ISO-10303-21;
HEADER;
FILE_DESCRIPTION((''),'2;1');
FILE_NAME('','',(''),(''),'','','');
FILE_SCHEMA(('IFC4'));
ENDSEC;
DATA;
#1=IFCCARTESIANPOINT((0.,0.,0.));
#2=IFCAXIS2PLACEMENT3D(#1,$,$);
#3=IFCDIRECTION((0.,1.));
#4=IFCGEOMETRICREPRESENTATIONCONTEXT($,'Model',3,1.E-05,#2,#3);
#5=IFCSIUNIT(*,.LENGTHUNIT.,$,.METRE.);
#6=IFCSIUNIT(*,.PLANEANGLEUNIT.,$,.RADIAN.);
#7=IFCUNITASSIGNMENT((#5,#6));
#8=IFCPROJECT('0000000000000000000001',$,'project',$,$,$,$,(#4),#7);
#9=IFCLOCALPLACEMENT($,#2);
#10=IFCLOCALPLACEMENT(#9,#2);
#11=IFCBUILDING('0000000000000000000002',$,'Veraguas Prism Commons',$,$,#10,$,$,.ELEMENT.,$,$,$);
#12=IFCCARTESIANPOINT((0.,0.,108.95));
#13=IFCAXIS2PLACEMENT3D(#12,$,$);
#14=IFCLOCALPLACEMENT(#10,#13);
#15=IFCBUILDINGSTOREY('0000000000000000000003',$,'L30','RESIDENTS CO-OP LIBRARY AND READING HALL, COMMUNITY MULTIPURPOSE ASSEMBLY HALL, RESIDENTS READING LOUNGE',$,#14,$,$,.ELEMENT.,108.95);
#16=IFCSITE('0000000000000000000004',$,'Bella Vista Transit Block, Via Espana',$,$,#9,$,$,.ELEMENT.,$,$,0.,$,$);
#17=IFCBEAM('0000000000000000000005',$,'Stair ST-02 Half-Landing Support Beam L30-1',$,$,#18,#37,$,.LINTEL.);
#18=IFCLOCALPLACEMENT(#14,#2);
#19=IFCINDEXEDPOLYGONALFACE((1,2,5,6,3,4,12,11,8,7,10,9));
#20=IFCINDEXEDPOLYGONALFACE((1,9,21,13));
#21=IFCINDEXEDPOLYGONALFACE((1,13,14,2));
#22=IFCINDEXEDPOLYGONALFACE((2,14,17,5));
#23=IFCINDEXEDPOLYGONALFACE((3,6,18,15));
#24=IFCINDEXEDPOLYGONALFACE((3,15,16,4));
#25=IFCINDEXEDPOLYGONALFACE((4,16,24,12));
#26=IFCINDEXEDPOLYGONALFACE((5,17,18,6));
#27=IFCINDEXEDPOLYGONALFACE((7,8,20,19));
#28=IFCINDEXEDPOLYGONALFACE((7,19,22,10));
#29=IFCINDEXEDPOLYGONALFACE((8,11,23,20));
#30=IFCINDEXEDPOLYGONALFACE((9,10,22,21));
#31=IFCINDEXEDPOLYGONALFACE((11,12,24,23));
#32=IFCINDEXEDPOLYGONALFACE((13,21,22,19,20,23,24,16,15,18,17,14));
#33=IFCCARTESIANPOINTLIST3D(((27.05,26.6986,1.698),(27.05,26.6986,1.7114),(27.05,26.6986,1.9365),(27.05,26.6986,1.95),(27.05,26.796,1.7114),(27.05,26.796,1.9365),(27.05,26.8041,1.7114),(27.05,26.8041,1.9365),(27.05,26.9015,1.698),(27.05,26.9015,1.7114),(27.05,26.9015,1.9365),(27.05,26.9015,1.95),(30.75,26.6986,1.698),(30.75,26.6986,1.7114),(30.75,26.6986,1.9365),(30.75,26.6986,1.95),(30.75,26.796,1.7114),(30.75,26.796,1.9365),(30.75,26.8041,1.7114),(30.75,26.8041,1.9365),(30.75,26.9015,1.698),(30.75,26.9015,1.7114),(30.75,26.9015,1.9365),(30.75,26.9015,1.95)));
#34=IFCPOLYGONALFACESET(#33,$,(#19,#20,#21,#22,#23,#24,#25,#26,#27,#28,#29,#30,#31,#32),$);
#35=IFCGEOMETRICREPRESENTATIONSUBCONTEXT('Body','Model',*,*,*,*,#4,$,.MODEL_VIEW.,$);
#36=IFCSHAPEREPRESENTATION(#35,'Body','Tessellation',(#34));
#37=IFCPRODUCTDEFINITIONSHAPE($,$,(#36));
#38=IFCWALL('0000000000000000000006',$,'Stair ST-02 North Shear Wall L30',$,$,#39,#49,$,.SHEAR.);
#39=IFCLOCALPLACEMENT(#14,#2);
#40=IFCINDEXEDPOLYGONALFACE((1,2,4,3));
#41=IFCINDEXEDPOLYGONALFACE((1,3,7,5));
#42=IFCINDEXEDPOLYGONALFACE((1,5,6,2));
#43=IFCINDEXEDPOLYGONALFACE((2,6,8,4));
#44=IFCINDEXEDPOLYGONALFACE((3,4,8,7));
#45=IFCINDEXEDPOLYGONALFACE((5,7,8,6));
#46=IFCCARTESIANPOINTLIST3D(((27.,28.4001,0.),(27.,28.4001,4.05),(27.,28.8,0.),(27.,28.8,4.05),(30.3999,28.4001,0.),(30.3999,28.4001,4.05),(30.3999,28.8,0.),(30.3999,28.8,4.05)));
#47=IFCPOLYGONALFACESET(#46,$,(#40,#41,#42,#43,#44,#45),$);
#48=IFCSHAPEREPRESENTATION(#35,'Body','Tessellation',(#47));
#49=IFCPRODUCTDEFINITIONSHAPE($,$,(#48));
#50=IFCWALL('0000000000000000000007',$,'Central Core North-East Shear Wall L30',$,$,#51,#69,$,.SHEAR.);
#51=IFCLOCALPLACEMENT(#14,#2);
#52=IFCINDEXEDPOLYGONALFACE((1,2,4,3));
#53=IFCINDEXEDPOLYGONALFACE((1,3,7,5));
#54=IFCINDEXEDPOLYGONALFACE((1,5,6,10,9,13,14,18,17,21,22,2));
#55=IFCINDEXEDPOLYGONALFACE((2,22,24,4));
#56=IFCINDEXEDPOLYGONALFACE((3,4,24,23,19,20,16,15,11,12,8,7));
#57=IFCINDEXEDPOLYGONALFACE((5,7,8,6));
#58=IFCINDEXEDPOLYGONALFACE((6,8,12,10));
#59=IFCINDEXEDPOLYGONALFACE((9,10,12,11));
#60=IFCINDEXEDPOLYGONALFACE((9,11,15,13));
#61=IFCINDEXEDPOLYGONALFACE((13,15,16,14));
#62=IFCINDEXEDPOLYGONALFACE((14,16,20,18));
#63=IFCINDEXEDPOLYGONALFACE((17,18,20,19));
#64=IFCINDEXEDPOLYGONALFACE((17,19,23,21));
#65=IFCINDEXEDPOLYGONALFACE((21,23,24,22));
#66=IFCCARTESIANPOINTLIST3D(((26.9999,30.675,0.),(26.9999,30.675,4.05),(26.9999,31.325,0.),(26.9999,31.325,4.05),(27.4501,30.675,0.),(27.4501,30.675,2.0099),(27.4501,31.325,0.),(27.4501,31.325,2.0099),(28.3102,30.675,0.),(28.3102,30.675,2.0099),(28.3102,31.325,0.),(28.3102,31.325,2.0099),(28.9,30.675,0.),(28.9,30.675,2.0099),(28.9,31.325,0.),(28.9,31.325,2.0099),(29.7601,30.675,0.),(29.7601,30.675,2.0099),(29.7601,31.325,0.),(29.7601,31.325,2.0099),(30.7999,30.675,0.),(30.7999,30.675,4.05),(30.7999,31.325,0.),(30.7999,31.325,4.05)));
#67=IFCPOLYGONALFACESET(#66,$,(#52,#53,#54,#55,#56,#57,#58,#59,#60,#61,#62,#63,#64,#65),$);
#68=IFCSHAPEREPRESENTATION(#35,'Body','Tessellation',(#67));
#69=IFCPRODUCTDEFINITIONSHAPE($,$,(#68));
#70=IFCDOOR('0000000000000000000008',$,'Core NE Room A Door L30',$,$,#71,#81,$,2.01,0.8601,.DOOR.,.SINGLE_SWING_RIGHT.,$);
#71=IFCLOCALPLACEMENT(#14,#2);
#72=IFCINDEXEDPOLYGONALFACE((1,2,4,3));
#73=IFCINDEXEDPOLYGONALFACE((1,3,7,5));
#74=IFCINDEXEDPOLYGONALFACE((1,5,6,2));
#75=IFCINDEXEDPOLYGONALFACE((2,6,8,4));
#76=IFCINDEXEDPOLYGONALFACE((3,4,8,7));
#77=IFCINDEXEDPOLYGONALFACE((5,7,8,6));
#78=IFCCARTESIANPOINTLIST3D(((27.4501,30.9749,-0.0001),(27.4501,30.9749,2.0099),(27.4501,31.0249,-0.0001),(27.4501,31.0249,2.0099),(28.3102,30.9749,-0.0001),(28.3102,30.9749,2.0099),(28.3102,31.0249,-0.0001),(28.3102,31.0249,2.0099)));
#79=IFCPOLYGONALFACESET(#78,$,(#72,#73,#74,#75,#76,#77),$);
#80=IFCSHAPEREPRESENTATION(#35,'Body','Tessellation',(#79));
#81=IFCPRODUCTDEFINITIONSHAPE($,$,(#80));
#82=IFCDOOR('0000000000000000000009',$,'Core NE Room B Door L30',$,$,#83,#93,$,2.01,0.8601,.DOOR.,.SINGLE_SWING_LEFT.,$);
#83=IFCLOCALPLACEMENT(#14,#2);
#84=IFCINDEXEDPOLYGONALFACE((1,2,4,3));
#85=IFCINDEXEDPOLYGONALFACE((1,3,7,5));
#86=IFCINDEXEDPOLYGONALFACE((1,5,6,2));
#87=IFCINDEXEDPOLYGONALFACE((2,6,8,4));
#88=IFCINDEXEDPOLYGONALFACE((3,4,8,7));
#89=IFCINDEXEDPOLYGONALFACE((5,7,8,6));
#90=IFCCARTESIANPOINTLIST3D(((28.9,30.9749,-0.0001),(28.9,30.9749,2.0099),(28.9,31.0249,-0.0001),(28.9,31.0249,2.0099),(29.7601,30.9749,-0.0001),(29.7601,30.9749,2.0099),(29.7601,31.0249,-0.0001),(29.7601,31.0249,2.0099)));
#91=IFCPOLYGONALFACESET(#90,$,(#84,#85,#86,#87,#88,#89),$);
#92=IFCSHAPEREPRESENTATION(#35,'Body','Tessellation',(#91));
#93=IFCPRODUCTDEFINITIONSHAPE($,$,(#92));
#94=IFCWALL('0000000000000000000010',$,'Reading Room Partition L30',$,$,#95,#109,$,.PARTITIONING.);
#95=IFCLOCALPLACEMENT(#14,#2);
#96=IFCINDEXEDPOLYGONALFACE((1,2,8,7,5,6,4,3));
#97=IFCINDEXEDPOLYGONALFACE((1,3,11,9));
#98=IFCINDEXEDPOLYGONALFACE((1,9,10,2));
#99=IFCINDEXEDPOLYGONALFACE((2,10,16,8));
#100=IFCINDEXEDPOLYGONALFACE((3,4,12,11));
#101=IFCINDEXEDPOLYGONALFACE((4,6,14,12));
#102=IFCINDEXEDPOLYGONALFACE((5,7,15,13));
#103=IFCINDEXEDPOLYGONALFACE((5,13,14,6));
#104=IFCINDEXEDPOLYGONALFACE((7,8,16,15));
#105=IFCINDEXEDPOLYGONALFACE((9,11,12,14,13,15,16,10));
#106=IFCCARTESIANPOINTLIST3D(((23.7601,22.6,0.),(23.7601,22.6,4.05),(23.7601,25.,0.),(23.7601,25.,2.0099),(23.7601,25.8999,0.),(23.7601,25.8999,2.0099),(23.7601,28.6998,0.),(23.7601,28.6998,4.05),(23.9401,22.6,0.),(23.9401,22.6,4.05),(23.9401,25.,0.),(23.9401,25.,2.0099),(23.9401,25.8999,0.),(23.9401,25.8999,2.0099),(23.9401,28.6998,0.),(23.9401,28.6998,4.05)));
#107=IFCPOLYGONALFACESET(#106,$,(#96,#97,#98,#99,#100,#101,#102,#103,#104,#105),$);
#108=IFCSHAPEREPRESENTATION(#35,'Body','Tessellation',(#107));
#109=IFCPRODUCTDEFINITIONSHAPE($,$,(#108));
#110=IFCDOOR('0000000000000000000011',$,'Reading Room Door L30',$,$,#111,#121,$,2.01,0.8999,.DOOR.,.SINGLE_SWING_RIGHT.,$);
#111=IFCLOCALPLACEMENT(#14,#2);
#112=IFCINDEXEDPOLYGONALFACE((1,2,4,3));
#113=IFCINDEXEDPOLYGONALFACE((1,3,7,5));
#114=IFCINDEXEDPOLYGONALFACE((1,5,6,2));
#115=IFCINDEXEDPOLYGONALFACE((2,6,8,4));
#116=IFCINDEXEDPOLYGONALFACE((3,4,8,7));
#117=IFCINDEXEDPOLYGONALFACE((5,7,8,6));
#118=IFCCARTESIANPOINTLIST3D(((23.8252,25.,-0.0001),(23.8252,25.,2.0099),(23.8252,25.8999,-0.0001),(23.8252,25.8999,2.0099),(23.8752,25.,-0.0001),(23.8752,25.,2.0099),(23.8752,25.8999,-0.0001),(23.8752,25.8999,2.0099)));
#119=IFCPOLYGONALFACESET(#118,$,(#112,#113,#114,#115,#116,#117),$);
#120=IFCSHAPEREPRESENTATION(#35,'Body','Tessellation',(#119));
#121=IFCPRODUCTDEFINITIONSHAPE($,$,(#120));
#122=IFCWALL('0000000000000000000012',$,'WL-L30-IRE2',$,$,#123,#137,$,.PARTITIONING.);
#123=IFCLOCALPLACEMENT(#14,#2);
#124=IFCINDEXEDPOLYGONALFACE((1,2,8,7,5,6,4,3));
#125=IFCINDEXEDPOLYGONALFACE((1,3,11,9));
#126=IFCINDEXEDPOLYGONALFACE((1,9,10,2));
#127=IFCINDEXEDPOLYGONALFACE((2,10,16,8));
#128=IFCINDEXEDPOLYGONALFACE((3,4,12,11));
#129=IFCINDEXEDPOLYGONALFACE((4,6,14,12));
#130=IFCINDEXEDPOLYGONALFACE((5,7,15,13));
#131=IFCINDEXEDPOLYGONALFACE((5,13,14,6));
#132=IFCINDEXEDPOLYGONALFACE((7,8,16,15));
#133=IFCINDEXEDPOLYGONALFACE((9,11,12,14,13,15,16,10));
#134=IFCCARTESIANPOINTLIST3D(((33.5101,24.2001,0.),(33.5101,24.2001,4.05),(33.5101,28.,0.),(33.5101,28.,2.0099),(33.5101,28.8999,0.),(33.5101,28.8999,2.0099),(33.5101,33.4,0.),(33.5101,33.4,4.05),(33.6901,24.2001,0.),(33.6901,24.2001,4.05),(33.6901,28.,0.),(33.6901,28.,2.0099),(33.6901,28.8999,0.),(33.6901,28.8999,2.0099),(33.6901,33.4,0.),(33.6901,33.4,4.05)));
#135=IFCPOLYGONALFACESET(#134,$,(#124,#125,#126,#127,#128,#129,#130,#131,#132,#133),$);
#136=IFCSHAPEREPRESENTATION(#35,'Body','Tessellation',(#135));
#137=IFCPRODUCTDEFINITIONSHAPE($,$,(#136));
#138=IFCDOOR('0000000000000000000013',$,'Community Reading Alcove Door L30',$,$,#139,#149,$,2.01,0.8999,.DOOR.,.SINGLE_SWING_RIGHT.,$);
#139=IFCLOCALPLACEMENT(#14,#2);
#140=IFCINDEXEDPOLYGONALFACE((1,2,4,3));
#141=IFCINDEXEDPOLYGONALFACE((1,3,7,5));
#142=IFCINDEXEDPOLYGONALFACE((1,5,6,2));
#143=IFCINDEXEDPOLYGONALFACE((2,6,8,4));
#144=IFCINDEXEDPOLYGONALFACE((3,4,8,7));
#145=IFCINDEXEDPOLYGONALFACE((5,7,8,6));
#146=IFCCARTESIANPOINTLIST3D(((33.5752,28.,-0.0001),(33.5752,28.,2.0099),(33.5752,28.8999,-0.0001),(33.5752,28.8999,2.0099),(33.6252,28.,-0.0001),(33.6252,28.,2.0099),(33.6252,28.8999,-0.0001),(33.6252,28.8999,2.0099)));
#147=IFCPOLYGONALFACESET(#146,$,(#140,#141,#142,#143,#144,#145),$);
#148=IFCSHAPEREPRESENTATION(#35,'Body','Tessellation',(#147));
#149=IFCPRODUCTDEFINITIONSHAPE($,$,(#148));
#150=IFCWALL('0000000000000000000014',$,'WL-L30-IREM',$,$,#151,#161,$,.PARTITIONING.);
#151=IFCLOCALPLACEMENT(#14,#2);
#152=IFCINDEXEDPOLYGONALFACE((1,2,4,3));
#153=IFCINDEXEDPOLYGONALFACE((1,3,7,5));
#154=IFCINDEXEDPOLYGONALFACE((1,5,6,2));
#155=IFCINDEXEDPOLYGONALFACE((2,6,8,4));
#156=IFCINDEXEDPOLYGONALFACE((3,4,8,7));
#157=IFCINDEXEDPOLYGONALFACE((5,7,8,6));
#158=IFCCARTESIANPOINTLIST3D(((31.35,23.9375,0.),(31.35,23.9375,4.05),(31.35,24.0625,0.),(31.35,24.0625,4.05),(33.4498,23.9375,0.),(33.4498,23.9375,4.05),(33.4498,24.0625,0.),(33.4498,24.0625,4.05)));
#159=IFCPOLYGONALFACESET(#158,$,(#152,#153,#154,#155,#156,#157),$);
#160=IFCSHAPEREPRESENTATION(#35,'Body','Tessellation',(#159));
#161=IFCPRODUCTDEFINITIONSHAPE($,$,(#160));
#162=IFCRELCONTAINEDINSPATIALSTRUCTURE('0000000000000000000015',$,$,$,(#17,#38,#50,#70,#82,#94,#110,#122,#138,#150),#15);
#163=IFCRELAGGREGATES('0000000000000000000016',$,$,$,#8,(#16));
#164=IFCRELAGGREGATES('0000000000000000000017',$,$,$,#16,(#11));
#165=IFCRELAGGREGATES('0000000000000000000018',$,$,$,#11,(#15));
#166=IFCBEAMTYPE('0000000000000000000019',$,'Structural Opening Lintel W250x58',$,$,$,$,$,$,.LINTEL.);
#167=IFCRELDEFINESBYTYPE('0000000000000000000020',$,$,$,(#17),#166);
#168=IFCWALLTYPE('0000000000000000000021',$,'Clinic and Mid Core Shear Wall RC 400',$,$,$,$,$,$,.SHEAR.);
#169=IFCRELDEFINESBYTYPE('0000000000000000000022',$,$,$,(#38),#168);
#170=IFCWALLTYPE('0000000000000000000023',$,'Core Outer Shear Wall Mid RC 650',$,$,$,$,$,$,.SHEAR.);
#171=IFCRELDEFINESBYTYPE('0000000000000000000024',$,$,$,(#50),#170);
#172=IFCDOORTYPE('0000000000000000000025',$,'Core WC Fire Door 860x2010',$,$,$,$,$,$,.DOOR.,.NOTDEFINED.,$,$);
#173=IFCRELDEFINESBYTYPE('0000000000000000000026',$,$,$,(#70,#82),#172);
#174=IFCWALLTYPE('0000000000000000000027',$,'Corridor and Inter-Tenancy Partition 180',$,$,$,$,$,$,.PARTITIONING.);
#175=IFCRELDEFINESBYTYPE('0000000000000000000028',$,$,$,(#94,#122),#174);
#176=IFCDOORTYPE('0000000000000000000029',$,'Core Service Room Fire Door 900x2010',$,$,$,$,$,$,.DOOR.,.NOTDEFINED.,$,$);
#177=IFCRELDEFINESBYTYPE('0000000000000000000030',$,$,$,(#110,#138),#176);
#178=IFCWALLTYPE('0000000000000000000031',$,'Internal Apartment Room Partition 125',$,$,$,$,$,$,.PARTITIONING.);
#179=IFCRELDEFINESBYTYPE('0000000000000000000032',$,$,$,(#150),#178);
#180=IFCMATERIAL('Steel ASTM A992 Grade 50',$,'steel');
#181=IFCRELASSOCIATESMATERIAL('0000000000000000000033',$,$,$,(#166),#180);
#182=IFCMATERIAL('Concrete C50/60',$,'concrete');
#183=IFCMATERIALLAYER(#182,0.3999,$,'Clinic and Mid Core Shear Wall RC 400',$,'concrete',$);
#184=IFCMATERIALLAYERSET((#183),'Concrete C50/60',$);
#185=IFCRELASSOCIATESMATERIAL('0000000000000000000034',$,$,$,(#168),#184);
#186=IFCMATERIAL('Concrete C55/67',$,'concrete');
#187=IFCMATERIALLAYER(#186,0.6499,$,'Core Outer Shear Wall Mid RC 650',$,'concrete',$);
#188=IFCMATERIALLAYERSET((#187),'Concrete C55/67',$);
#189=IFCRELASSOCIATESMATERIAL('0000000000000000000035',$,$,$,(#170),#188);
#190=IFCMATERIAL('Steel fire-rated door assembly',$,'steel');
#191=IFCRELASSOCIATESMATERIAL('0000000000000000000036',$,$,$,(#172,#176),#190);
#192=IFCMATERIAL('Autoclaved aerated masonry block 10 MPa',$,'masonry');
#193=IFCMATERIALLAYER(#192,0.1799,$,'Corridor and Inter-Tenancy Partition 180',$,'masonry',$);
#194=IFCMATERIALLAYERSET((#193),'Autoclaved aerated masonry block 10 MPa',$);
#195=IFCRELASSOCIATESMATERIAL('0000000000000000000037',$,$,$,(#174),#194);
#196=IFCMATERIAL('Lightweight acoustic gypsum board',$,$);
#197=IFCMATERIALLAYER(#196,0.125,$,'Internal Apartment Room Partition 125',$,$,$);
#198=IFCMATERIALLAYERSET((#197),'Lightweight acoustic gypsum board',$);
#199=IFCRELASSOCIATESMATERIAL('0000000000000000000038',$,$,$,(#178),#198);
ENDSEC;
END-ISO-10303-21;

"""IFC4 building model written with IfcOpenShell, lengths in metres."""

from ifc_helpers import new_model, si_unit, direction, frame, frame_2d, origin, origin_2d, place, context, subcontext, project, spatial, rectangle, i_section, extrude, source, transform, mapped, material, layer, layer_set, material_profile, profile_set, type_object, element, fill, save


model = new_model("IFC4")

# Units and contexts
model_context = context("Model", 3, precision=1e-05, world=origin(), true_north=direction((0.0, 1.0)))
body_context = subcontext(model_context, "Body", "Model", "MODEL_VIEW")
ifc_project = project(units=[si_unit("LENGTHUNIT", "METRE"), si_unit("PLANEANGLEUNIT", "RADIAN")], contexts=[model_context])

# Site, building, storey
site_placement = place(None, origin())
site = spatial("IfcSite", under=ifc_project, at=site_placement, Name="Bella Vista Transit Block, Via Espana", CompositionType="ELEMENT", RefElevation=0.0)
building_placement = place(site_placement, origin())
building = spatial("IfcBuilding", under=site, at=building_placement, Name="Veraguas Prism Commons", CompositionType="ELEMENT")
storey_placement = place(building_placement, frame((0.0, 0.0, 108.95)))
storey = spatial("IfcBuildingStorey", under=building, at=storey_placement, Name="L30", Description="RESIDENTS CO-OP LIBRARY AND READING HALL, COMMUNITY MULTIPURPOSE ASSEMBLY HALL, RESIDENTS READING LOUNGE", CompositionType="ELEMENT", Elevation=108.95)

# Beam
ifc_material_1 = material(Name="Steel ASTM A992 Grade 50", Category="steel")
ifc_material_profile = material_profile(ifc_material_1, i_section(OverallWidth=0.2029, OverallDepth=0.252, WebThickness=0.0081, FlangeThickness=0.0134, at=origin_2d()), Name="W250X58")
ifc_profile_set = profile_set([ifc_material_profile], Name="Steel ASTM A992 Grade 50")
beam_type = type_object("IfcBeamType", Name="Structural Opening Lintel W250x58", PredefinedType="LINTEL", material=ifc_profile_set)
beam_placement = place(storey_placement, frame((27.05, 26.8, 1.824), z_axis=(1.0, 0.0, 0.0), x_axis=(0.0, 1.0, 0.0)))
element("IfcBeam", 1, at=beam_placement, inside=storey, type_object=beam_type, Name="Stair ST-02 Half-Landing Support Beam L30-1", PredefinedType="LINTEL", context=body_context, shape_type="SweptSolid", body=[
    extrude(i_section(OverallWidth=0.2029, OverallDepth=0.252, WebThickness=0.0081, FlangeThickness=0.0134, at=origin_2d()), origin(), (0.0, 0.0, 1.0), 3.7),
])

# Wall
ifc_material_2 = material(Name="Concrete C50/60", Category="concrete")
ifc_layer_1 = layer(ifc_material_2, 0.3999, Name="Clinic and Mid Core Shear Wall RC 400", Category="concrete")
ifc_layer_set_1 = layer_set([ifc_layer_1], Name="Concrete C50/60")
wall_type_1 = type_object("IfcWallType", Name="Clinic and Mid Core Shear Wall RC 400", PredefinedType="SHEAR", material=ifc_layer_set_1)
wall_1_placement = place(storey_placement, frame((27.0, 28.6001, 0.0), z_axis=(0.0, 0.0, 1.0), x_axis=(1.0, 0.0, 0.0)))
element("IfcWall", 2, at=wall_1_placement, inside=storey, type_object=wall_type_1, Name="Stair ST-02 North Shear Wall L30", PredefinedType="SHEAR", context=body_context, shape_type="SweptSolid", body=[
    extrude(rectangle(XDim=3.3999, YDim=0.3999, at=frame_2d((1.7, 0.0))), origin(), (0.0, 0.0, 1.0), 4.05),
])

# Wall, openings, doors
ifc_material_3 = material(Name="Concrete C55/67", Category="concrete")
ifc_layer_2 = layer(ifc_material_3, 0.6499, Name="Core Outer Shear Wall Mid RC 650", Category="concrete")
ifc_layer_set_2 = layer_set([ifc_layer_2], Name="Concrete C55/67")
wall_type_2 = type_object("IfcWallType", Name="Core Outer Shear Wall Mid RC 650", PredefinedType="SHEAR", material=ifc_layer_set_2)
wall_2_placement = place(storey_placement, frame((27.0, 31.0, 0.0), z_axis=(0.0, 0.0, 1.0), x_axis=(1.0, 0.0, 0.0)))
wall_2 = element("IfcWall", 3, at=wall_2_placement, inside=storey, type_object=wall_type_2, Name="Central Core North-East Shear Wall L30", PredefinedType="SHEAR", context=body_context, shape_type="SweptSolid", body=[
    extrude(rectangle(XDim=3.8, YDim=0.6499, at=frame_2d((1.8999, 0.0))), origin(), (0.0, 0.0, 1.0), 4.05),
])
opening_1_placement = place(wall_2_placement, frame((0.45, 0.0, 0.0)))
opening_1 = element("IfcOpeningElement", 4, at=opening_1_placement, cuts=wall_2, PredefinedType="OPENING", context=body_context, shape_type="SweptSolid", body=[
    extrude(rectangle(XDim=0.8601, YDim=2.01, at=frame_2d((0.4302, 1.0049))), frame((0.0, 0.335, 0.0), z_axis=(0.0, -1.0, 0.0), x_axis=(1.0, 0.0, 0.0)), (0.0, 0.0, 1.0), 0.6699),
])
opening_2_placement = place(wall_2_placement, frame((1.8999, 0.0, 0.0)))
opening_2 = element("IfcOpeningElement", 5, at=opening_2_placement, cuts=wall_2, PredefinedType="OPENING", context=body_context, shape_type="SweptSolid", body=[
    extrude(rectangle(XDim=0.8601, YDim=2.01, at=frame_2d((0.4302, 1.0049))), frame((0.0, 0.335, 0.0), z_axis=(0.0, -1.0, 0.0), x_axis=(1.0, 0.0, 0.0)), (0.0, 0.0, 1.0), 0.6699),
])
ifc_material_4 = material(Name="Steel fire-rated door assembly", Category="steel")
door_type_1 = type_object("IfcDoorType", Name="Core WC Fire Door 860x2010", OperationType="NOTDEFINED", PredefinedType="DOOR", material=ifc_material_4)
shared_shape_1 = source(origin(), body_context, "Body", "SweptSolid", [
    extrude(rectangle(XDim=0.8601, YDim=2.01, at=frame_2d((0.4302, 1.0049))), frame((0.0, 0.0249, 0.0), z_axis=(0.0, -1.0, 0.0), x_axis=(1.0, 0.0, 0.0)), (0.0, 0.0, 1.0), 0.05),
])
door_1_placement = place(opening_1_placement, origin())
door_1 = element("IfcDoor", 6, at=door_1_placement, inside=storey, type_object=door_type_1, Name="Core NE Room A Door L30", OperationType="SINGLE_SWING_RIGHT", OverallHeight=2.01, OverallWidth=0.8601, PredefinedType="DOOR", context=body_context, shape_type="MappedRepresentation", body=[
    mapped(shared_shape_1, transform((0.0, 0.0, 0.0), scale=1.0)),
])
fill(opening_1, door_1)
door_2_placement = place(opening_2_placement, origin())
door_2 = element("IfcDoor", 7, at=door_2_placement, inside=storey, type_object=door_type_1, Name="Core NE Room B Door L30", OperationType="SINGLE_SWING_LEFT", OverallHeight=2.01, OverallWidth=0.8601, PredefinedType="DOOR", context=body_context, shape_type="MappedRepresentation", body=[
    mapped(shared_shape_1, transform((0.0, 0.0, 0.0), scale=1.0)),
])
fill(opening_2, door_2)

# Walls, openings, doors
ifc_material_5 = material(Name="Autoclaved aerated masonry block 10 MPa", Category="masonry")
ifc_layer_3 = layer(ifc_material_5, 0.1799, Name="Corridor and Inter-Tenancy Partition 180", Category="masonry")
ifc_layer_set_3 = layer_set([ifc_layer_3], Name="Autoclaved aerated masonry block 10 MPa")
wall_type_3 = type_object("IfcWallType", Name="Corridor and Inter-Tenancy Partition 180", PredefinedType="PARTITIONING", material=ifc_layer_set_3)
wall_3_placement = place(storey_placement, frame((23.8501, 22.6001, 0.0), z_axis=(0.0, 0.0, 1.0), x_axis=(0.0, 1.0, 0.0)))
wall_3 = element("IfcWall", 8, at=wall_3_placement, inside=storey, type_object=wall_type_3, Name="Reading Room Partition L30", PredefinedType="PARTITIONING", context=body_context, shape_type="SweptSolid", body=[
    extrude(rectangle(XDim=6.0999, YDim=0.1799, at=frame_2d((3.0498, 0.0))), origin(), (0.0, 0.0, 1.0), 4.05),
])
opening_3_placement = place(wall_3_placement, frame((2.3999, 0.0, 0.0)))
opening_3 = element("IfcOpeningElement", 9, at=opening_3_placement, cuts=wall_3, PredefinedType="OPENING", context=body_context, shape_type="SweptSolid", body=[
    extrude(rectangle(XDim=0.8999, YDim=2.01, at=frame_2d((0.45, 1.0049))), frame((0.0, 0.0999, 0.0), z_axis=(0.0, -1.0, 0.0), x_axis=(1.0, 0.0, 0.0)), (0.0, 0.0, 1.0), 0.2),
])
door_type_2 = type_object("IfcDoorType", Name="Core Service Room Fire Door 900x2010", OperationType="NOTDEFINED", PredefinedType="DOOR", material=ifc_material_4)
shared_shape_2 = source(origin(), body_context, "Body", "SweptSolid", [
    extrude(rectangle(XDim=0.8999, YDim=2.01, at=frame_2d((0.45, 1.0049))), frame((0.0, 0.0249, 0.0), z_axis=(0.0, -1.0, 0.0), x_axis=(1.0, 0.0, 0.0)), (0.0, 0.0, 1.0), 0.05),
])
door_3_placement = place(opening_3_placement, origin())
door_3 = element("IfcDoor", 10, at=door_3_placement, inside=storey, type_object=door_type_2, Name="Reading Room Door L30", OperationType="SINGLE_SWING_RIGHT", OverallHeight=2.01, OverallWidth=0.8999, PredefinedType="DOOR", context=body_context, shape_type="MappedRepresentation", body=[
    mapped(shared_shape_2, transform((0.0, 0.0, 0.0), scale=1.0)),
])
fill(opening_3, door_3)
wall_4_placement = place(storey_placement, frame((33.6001, 24.2, 0.0), z_axis=(0.0, 0.0, 1.0), x_axis=(0.0, 1.0, 0.0)))
wall_4 = element("IfcWall", 11, at=wall_4_placement, inside=storey, type_object=wall_type_3, Name="WL-L30-IRE2", PredefinedType="PARTITIONING", context=body_context, shape_type="SweptSolid", body=[
    extrude(rectangle(XDim=9.2, YDim=0.1799, at=frame_2d((4.6001, 0.0))), origin(), (0.0, 0.0, 1.0), 4.05),
])
opening_4_placement = place(wall_4_placement, frame((3.8, 0.0, 0.0)))
opening_4 = element("IfcOpeningElement", 12, at=opening_4_placement, cuts=wall_4, PredefinedType="OPENING", context=body_context, shape_type="SweptSolid", body=[
    extrude(rectangle(XDim=0.8999, YDim=2.01, at=frame_2d((0.45, 1.0049))), frame((0.0, 0.0999, 0.0), z_axis=(0.0, -1.0, 0.0), x_axis=(1.0, 0.0, 0.0)), (0.0, 0.0, 1.0), 0.2),
])
door_4_placement = place(opening_4_placement, origin())
door_4 = element("IfcDoor", 13, at=door_4_placement, inside=storey, type_object=door_type_2, Name="Community Reading Alcove Door L30", OperationType="SINGLE_SWING_RIGHT", OverallHeight=2.01, OverallWidth=0.8999, PredefinedType="DOOR", context=body_context, shape_type="MappedRepresentation", body=[
    mapped(shared_shape_2, transform((0.0, 0.0, 0.0), scale=1.0)),
])
fill(opening_4, door_4)

# Wall
ifc_material_6 = material(Name="Lightweight acoustic gypsum board")
ifc_layer_4 = layer(ifc_material_6, 0.125, Name="Internal Apartment Room Partition 125")
ifc_layer_set_4 = layer_set([ifc_layer_4], Name="Lightweight acoustic gypsum board")
wall_type_4 = type_object("IfcWallType", Name="Internal Apartment Room Partition 125", PredefinedType="PARTITIONING", material=ifc_layer_set_4)
wall_5_placement = place(storey_placement, frame((31.3501, 24.0, 0.0), z_axis=(0.0, 0.0, 1.0), x_axis=(1.0, 0.0, 0.0)))
element("IfcWall", 14, at=wall_5_placement, inside=storey, type_object=wall_type_4, Name="WL-L30-IREM", PredefinedType="PARTITIONING", context=body_context, shape_type="SweptSolid", body=[
    extrude(rectangle(XDim=2.0999, YDim=0.125, at=frame_2d((1.0498, 0.0))), origin(), (0.0, 0.0, 1.0), 4.05),
])

save(model, "model.ifc")
